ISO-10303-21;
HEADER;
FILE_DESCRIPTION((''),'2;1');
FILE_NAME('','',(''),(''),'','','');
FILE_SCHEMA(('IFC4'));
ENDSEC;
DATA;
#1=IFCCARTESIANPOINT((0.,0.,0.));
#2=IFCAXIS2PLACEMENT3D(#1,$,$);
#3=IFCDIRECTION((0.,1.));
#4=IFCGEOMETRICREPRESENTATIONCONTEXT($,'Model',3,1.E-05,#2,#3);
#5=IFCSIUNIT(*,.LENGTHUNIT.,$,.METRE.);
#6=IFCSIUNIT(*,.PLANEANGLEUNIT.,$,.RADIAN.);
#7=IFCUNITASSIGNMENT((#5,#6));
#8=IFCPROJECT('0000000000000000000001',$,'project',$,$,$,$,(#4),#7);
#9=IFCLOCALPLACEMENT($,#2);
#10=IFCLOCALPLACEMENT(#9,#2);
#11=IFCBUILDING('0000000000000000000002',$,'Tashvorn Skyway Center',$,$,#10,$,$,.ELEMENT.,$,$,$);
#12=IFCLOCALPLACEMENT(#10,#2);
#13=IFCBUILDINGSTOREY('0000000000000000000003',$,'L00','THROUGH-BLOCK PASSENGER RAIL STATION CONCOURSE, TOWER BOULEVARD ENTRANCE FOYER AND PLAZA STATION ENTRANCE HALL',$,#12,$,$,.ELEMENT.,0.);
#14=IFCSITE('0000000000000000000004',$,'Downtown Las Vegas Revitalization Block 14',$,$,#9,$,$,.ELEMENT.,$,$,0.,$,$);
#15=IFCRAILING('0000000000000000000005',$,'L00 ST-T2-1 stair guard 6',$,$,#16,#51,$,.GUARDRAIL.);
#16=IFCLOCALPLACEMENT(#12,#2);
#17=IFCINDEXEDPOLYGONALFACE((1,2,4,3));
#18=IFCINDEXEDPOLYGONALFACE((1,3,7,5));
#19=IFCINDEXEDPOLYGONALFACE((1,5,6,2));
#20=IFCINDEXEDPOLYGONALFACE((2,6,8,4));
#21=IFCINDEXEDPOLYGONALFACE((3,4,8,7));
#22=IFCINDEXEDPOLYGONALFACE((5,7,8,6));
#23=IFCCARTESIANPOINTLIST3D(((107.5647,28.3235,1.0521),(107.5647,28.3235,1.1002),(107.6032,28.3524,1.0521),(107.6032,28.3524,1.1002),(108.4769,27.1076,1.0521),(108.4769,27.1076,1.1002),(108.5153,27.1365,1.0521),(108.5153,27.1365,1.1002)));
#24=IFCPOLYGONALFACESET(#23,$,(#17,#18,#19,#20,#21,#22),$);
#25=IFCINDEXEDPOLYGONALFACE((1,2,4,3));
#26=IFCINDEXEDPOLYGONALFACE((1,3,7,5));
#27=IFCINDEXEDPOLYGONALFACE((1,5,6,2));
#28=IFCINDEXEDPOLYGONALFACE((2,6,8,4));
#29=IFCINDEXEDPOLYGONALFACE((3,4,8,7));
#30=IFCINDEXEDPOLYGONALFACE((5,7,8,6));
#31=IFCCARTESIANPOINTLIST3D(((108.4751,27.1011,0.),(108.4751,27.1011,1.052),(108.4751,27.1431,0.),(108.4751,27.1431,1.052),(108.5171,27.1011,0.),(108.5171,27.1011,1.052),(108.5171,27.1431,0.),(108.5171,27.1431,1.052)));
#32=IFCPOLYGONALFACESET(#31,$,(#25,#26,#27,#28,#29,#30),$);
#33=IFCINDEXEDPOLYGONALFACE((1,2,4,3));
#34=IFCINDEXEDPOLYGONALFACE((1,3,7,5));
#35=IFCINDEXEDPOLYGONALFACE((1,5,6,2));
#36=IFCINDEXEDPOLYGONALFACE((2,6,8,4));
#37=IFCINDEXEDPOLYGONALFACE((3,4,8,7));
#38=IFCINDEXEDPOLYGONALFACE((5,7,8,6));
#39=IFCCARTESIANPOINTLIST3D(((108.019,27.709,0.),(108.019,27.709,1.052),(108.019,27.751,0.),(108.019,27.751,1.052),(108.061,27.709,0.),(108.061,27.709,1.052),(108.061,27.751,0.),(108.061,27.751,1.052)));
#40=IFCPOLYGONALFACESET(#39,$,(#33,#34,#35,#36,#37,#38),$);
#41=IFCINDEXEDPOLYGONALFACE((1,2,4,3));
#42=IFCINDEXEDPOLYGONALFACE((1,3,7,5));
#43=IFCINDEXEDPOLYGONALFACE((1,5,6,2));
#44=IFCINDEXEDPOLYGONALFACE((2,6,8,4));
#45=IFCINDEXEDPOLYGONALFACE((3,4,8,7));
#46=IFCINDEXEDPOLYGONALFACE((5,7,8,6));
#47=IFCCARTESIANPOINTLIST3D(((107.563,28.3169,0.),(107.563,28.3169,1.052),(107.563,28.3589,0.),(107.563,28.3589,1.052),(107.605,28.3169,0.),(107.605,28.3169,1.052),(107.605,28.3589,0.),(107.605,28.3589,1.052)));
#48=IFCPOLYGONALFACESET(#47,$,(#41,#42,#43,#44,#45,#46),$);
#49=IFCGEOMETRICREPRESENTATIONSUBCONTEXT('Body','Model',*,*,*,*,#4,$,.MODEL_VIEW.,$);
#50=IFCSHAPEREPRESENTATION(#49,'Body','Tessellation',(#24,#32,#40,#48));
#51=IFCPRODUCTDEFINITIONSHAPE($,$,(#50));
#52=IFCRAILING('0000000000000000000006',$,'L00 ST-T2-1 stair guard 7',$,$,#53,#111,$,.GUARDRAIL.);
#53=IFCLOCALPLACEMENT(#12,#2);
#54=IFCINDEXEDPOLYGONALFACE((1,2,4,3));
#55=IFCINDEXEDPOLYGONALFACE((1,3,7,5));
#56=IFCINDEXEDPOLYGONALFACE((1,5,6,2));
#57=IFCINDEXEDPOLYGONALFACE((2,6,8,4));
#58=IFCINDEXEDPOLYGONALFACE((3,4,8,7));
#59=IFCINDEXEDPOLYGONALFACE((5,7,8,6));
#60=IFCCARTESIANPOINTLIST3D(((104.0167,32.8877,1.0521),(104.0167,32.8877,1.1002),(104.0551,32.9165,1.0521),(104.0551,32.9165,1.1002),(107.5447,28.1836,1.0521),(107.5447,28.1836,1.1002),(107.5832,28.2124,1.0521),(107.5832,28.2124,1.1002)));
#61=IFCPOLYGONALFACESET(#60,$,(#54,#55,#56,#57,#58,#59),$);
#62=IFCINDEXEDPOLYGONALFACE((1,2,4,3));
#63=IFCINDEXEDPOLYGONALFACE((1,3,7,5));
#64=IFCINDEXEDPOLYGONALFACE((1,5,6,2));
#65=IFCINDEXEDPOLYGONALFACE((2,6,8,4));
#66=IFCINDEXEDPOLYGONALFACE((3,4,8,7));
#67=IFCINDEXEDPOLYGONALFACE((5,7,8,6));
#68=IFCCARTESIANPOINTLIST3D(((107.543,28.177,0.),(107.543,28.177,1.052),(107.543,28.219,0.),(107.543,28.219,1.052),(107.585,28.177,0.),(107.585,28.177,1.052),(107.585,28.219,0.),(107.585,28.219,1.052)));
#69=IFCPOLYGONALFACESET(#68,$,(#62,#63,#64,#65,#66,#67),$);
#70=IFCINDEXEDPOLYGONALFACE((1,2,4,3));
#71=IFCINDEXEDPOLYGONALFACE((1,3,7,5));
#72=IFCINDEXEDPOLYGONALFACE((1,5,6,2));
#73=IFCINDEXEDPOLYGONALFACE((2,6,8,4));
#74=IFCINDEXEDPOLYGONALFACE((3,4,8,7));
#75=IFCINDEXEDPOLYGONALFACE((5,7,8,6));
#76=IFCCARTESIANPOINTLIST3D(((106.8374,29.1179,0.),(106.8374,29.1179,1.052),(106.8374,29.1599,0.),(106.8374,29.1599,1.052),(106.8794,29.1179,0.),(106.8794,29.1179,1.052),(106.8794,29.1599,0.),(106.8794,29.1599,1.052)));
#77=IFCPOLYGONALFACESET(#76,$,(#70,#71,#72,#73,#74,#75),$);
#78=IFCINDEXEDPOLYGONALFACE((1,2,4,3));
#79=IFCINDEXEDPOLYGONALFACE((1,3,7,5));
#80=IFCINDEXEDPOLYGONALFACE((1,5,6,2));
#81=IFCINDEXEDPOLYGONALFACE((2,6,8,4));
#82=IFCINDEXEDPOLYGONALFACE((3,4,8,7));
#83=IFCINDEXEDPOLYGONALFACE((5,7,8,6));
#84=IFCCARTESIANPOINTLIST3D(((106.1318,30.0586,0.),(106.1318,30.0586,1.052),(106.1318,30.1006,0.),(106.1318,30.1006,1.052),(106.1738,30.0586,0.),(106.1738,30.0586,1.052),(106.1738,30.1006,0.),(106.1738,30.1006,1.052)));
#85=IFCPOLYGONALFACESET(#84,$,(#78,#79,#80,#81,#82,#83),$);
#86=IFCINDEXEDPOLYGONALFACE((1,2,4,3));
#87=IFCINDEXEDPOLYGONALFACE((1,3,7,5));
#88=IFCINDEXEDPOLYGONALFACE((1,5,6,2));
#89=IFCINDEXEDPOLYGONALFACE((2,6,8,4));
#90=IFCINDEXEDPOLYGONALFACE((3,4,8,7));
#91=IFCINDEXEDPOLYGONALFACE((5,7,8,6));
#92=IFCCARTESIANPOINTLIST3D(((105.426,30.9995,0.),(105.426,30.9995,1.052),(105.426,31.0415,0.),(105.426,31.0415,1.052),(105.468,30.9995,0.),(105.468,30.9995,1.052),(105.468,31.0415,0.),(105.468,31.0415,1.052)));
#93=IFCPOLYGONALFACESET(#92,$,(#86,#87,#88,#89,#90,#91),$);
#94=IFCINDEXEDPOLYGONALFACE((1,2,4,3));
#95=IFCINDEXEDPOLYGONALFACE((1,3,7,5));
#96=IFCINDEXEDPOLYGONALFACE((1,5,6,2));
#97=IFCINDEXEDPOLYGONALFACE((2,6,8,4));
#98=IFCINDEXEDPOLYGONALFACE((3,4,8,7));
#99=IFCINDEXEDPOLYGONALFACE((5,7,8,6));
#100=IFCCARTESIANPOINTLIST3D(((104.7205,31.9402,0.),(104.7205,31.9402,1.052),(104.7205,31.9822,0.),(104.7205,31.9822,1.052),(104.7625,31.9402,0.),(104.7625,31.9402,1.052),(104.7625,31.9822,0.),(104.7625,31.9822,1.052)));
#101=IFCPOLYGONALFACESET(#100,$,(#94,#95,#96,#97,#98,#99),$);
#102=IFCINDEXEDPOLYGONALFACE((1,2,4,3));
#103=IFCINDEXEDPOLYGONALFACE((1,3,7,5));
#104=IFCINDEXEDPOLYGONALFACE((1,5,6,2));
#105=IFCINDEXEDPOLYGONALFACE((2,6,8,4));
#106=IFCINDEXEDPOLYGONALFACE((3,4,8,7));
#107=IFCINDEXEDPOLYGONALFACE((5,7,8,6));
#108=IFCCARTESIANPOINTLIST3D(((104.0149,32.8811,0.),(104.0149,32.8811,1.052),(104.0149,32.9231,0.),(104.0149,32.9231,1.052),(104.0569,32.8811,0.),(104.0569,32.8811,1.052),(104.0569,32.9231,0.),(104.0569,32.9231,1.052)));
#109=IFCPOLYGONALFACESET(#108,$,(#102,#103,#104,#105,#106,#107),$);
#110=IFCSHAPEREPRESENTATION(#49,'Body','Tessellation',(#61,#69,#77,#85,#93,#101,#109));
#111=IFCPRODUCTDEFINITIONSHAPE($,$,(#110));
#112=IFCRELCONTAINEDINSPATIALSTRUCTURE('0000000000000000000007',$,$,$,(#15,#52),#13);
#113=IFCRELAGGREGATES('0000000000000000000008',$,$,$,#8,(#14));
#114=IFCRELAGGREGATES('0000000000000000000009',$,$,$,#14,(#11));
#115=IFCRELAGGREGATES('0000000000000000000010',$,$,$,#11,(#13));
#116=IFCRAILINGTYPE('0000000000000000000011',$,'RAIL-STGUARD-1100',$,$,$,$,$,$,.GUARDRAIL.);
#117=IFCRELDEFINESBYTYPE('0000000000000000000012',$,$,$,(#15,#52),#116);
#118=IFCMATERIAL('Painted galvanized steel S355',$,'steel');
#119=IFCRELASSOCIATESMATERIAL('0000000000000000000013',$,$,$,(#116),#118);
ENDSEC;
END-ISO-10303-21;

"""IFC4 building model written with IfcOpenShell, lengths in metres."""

from ifc_helpers import new_model, si_unit, direction, frame, origin, origin_2d, place, context, subcontext, project, spatial, rectangle, extrude, material, type_object, element, save


model = new_model("IFC4")

# Units and contexts
model_context = context("Model", 3, precision=1e-05, world=origin(), true_north=direction((0.0, 1.0)))
body_context = subcontext(model_context, "Body", "Model", "MODEL_VIEW")
ifc_project = project(units=[si_unit("LENGTHUNIT", "METRE"), si_unit("PLANEANGLEUNIT", "RADIAN")], contexts=[model_context])

# Site, building, storey
site_placement = place(None, origin())
site = spatial("IfcSite", under=ifc_project, at=site_placement, Name="Downtown Las Vegas Revitalization Block 14", CompositionType="ELEMENT", RefElevation=0.0)
building_placement = place(site_placement, origin())
building = spatial("IfcBuilding", under=site, at=building_placement, Name="Tashvorn Skyway Center", CompositionType="ELEMENT")
storey_placement = place(building_placement, origin())
storey = spatial("IfcBuildingStorey", under=building, at=storey_placement, Name="L00", Description="THROUGH-BLOCK PASSENGER RAIL STATION CONCOURSE, TOWER BOULEVARD ENTRANCE FOYER AND PLAZA STATION ENTRANCE HALL", CompositionType="ELEMENT", Elevation=0.0)

# Railings
ifc_material_1 = material(Name="Painted galvanized steel S355", Category="steel")
railing_type_1 = type_object("IfcRailingType", Name="RAIL-STGUARD-1100", PredefinedType="GUARDRAIL", material=ifc_material_1)
railing_1_placement = place(storey_placement, frame((108.4961, 27.1221, 0.0)))
element("IfcRailing", 1, at=railing_1_placement, inside=storey, type_object=railing_type_1, Name="L00 ST-T2-1 stair guard 6", PredefinedType="GUARDRAIL", context=body_context, shape_type="SweptSolid", body=[
    extrude(rectangle(XDim=0.0481, YDim=0.0481, at=origin_2d()), frame((0.0, 0.0, 1.0762), z_axis=(-0.600103, 0.799923, 0.0), x_axis=(-0.799923, -0.600103, 0.0)), (0.0, 0.0, 1.0), 1.52),
    extrude(rectangle(XDim=0.042, YDim=0.042, at=origin_2d()), origin(), (0.0, 0.0, 1.0), 1.052),
    extrude(rectangle(XDim=0.042, YDim=0.042, at=origin_2d()), frame((-0.4561, 0.6079, 0.0)), (0.0, 0.0, 1.0), 1.052),
    extrude(rectangle(XDim=0.042, YDim=0.042, at=origin_2d()), frame((-0.9121, 1.2158, 0.0)), (0.0, 0.0, 1.0), 1.052),
])
railing_2_placement = place(storey_placement, frame((107.564, 28.198, 0.0)))
element("IfcRailing", 2, at=railing_2_placement, inside=storey, type_object=railing_type_1, Name="L00 ST-T2-1 stair guard 7", PredefinedType="GUARDRAIL", context=body_context, shape_type="SweptSolid", body=[
    extrude(rectangle(XDim=0.0481, YDim=0.0481, at=origin_2d()), frame((0.0, 0.0, 1.0762), z_axis=(-0.6, 0.8, 0.0), x_axis=(-0.8, -0.6, 0.0)), (0.0, 0.0, 1.0), 5.8801),
    extrude(rectangle(XDim=0.042, YDim=0.042, at=origin_2d()), origin(), (0.0, 0.0, 1.0), 1.052),
    extrude(rectangle(XDim=0.042, YDim=0.042, at=origin_2d()), frame((-0.7056, 0.9409, 0.0)), (0.0, 0.0, 1.0), 1.052),
    extrude(rectangle(XDim=0.042, YDim=0.042, at=origin_2d()), frame((-1.4111, 1.8816, 0.0)), (0.0, 0.0, 1.0), 1.052),
    extrude(rectangle(XDim=0.042, YDim=0.042, at=origin_2d()), frame((-2.1169, 2.8225, 0.0)), (0.0, 0.0, 1.0), 1.052),
    extrude(rectangle(XDim=0.042, YDim=0.042, at=origin_2d()), frame((-2.8225, 3.7632, 0.0)), (0.0, 0.0, 1.0), 1.052),
    extrude(rectangle(XDim=0.042, YDim=0.042, at=origin_2d()), frame((-3.5281, 4.7041, 0.0)), (0.0, 0.0, 1.0), 1.052),
])

save(model, "model.ifc")
